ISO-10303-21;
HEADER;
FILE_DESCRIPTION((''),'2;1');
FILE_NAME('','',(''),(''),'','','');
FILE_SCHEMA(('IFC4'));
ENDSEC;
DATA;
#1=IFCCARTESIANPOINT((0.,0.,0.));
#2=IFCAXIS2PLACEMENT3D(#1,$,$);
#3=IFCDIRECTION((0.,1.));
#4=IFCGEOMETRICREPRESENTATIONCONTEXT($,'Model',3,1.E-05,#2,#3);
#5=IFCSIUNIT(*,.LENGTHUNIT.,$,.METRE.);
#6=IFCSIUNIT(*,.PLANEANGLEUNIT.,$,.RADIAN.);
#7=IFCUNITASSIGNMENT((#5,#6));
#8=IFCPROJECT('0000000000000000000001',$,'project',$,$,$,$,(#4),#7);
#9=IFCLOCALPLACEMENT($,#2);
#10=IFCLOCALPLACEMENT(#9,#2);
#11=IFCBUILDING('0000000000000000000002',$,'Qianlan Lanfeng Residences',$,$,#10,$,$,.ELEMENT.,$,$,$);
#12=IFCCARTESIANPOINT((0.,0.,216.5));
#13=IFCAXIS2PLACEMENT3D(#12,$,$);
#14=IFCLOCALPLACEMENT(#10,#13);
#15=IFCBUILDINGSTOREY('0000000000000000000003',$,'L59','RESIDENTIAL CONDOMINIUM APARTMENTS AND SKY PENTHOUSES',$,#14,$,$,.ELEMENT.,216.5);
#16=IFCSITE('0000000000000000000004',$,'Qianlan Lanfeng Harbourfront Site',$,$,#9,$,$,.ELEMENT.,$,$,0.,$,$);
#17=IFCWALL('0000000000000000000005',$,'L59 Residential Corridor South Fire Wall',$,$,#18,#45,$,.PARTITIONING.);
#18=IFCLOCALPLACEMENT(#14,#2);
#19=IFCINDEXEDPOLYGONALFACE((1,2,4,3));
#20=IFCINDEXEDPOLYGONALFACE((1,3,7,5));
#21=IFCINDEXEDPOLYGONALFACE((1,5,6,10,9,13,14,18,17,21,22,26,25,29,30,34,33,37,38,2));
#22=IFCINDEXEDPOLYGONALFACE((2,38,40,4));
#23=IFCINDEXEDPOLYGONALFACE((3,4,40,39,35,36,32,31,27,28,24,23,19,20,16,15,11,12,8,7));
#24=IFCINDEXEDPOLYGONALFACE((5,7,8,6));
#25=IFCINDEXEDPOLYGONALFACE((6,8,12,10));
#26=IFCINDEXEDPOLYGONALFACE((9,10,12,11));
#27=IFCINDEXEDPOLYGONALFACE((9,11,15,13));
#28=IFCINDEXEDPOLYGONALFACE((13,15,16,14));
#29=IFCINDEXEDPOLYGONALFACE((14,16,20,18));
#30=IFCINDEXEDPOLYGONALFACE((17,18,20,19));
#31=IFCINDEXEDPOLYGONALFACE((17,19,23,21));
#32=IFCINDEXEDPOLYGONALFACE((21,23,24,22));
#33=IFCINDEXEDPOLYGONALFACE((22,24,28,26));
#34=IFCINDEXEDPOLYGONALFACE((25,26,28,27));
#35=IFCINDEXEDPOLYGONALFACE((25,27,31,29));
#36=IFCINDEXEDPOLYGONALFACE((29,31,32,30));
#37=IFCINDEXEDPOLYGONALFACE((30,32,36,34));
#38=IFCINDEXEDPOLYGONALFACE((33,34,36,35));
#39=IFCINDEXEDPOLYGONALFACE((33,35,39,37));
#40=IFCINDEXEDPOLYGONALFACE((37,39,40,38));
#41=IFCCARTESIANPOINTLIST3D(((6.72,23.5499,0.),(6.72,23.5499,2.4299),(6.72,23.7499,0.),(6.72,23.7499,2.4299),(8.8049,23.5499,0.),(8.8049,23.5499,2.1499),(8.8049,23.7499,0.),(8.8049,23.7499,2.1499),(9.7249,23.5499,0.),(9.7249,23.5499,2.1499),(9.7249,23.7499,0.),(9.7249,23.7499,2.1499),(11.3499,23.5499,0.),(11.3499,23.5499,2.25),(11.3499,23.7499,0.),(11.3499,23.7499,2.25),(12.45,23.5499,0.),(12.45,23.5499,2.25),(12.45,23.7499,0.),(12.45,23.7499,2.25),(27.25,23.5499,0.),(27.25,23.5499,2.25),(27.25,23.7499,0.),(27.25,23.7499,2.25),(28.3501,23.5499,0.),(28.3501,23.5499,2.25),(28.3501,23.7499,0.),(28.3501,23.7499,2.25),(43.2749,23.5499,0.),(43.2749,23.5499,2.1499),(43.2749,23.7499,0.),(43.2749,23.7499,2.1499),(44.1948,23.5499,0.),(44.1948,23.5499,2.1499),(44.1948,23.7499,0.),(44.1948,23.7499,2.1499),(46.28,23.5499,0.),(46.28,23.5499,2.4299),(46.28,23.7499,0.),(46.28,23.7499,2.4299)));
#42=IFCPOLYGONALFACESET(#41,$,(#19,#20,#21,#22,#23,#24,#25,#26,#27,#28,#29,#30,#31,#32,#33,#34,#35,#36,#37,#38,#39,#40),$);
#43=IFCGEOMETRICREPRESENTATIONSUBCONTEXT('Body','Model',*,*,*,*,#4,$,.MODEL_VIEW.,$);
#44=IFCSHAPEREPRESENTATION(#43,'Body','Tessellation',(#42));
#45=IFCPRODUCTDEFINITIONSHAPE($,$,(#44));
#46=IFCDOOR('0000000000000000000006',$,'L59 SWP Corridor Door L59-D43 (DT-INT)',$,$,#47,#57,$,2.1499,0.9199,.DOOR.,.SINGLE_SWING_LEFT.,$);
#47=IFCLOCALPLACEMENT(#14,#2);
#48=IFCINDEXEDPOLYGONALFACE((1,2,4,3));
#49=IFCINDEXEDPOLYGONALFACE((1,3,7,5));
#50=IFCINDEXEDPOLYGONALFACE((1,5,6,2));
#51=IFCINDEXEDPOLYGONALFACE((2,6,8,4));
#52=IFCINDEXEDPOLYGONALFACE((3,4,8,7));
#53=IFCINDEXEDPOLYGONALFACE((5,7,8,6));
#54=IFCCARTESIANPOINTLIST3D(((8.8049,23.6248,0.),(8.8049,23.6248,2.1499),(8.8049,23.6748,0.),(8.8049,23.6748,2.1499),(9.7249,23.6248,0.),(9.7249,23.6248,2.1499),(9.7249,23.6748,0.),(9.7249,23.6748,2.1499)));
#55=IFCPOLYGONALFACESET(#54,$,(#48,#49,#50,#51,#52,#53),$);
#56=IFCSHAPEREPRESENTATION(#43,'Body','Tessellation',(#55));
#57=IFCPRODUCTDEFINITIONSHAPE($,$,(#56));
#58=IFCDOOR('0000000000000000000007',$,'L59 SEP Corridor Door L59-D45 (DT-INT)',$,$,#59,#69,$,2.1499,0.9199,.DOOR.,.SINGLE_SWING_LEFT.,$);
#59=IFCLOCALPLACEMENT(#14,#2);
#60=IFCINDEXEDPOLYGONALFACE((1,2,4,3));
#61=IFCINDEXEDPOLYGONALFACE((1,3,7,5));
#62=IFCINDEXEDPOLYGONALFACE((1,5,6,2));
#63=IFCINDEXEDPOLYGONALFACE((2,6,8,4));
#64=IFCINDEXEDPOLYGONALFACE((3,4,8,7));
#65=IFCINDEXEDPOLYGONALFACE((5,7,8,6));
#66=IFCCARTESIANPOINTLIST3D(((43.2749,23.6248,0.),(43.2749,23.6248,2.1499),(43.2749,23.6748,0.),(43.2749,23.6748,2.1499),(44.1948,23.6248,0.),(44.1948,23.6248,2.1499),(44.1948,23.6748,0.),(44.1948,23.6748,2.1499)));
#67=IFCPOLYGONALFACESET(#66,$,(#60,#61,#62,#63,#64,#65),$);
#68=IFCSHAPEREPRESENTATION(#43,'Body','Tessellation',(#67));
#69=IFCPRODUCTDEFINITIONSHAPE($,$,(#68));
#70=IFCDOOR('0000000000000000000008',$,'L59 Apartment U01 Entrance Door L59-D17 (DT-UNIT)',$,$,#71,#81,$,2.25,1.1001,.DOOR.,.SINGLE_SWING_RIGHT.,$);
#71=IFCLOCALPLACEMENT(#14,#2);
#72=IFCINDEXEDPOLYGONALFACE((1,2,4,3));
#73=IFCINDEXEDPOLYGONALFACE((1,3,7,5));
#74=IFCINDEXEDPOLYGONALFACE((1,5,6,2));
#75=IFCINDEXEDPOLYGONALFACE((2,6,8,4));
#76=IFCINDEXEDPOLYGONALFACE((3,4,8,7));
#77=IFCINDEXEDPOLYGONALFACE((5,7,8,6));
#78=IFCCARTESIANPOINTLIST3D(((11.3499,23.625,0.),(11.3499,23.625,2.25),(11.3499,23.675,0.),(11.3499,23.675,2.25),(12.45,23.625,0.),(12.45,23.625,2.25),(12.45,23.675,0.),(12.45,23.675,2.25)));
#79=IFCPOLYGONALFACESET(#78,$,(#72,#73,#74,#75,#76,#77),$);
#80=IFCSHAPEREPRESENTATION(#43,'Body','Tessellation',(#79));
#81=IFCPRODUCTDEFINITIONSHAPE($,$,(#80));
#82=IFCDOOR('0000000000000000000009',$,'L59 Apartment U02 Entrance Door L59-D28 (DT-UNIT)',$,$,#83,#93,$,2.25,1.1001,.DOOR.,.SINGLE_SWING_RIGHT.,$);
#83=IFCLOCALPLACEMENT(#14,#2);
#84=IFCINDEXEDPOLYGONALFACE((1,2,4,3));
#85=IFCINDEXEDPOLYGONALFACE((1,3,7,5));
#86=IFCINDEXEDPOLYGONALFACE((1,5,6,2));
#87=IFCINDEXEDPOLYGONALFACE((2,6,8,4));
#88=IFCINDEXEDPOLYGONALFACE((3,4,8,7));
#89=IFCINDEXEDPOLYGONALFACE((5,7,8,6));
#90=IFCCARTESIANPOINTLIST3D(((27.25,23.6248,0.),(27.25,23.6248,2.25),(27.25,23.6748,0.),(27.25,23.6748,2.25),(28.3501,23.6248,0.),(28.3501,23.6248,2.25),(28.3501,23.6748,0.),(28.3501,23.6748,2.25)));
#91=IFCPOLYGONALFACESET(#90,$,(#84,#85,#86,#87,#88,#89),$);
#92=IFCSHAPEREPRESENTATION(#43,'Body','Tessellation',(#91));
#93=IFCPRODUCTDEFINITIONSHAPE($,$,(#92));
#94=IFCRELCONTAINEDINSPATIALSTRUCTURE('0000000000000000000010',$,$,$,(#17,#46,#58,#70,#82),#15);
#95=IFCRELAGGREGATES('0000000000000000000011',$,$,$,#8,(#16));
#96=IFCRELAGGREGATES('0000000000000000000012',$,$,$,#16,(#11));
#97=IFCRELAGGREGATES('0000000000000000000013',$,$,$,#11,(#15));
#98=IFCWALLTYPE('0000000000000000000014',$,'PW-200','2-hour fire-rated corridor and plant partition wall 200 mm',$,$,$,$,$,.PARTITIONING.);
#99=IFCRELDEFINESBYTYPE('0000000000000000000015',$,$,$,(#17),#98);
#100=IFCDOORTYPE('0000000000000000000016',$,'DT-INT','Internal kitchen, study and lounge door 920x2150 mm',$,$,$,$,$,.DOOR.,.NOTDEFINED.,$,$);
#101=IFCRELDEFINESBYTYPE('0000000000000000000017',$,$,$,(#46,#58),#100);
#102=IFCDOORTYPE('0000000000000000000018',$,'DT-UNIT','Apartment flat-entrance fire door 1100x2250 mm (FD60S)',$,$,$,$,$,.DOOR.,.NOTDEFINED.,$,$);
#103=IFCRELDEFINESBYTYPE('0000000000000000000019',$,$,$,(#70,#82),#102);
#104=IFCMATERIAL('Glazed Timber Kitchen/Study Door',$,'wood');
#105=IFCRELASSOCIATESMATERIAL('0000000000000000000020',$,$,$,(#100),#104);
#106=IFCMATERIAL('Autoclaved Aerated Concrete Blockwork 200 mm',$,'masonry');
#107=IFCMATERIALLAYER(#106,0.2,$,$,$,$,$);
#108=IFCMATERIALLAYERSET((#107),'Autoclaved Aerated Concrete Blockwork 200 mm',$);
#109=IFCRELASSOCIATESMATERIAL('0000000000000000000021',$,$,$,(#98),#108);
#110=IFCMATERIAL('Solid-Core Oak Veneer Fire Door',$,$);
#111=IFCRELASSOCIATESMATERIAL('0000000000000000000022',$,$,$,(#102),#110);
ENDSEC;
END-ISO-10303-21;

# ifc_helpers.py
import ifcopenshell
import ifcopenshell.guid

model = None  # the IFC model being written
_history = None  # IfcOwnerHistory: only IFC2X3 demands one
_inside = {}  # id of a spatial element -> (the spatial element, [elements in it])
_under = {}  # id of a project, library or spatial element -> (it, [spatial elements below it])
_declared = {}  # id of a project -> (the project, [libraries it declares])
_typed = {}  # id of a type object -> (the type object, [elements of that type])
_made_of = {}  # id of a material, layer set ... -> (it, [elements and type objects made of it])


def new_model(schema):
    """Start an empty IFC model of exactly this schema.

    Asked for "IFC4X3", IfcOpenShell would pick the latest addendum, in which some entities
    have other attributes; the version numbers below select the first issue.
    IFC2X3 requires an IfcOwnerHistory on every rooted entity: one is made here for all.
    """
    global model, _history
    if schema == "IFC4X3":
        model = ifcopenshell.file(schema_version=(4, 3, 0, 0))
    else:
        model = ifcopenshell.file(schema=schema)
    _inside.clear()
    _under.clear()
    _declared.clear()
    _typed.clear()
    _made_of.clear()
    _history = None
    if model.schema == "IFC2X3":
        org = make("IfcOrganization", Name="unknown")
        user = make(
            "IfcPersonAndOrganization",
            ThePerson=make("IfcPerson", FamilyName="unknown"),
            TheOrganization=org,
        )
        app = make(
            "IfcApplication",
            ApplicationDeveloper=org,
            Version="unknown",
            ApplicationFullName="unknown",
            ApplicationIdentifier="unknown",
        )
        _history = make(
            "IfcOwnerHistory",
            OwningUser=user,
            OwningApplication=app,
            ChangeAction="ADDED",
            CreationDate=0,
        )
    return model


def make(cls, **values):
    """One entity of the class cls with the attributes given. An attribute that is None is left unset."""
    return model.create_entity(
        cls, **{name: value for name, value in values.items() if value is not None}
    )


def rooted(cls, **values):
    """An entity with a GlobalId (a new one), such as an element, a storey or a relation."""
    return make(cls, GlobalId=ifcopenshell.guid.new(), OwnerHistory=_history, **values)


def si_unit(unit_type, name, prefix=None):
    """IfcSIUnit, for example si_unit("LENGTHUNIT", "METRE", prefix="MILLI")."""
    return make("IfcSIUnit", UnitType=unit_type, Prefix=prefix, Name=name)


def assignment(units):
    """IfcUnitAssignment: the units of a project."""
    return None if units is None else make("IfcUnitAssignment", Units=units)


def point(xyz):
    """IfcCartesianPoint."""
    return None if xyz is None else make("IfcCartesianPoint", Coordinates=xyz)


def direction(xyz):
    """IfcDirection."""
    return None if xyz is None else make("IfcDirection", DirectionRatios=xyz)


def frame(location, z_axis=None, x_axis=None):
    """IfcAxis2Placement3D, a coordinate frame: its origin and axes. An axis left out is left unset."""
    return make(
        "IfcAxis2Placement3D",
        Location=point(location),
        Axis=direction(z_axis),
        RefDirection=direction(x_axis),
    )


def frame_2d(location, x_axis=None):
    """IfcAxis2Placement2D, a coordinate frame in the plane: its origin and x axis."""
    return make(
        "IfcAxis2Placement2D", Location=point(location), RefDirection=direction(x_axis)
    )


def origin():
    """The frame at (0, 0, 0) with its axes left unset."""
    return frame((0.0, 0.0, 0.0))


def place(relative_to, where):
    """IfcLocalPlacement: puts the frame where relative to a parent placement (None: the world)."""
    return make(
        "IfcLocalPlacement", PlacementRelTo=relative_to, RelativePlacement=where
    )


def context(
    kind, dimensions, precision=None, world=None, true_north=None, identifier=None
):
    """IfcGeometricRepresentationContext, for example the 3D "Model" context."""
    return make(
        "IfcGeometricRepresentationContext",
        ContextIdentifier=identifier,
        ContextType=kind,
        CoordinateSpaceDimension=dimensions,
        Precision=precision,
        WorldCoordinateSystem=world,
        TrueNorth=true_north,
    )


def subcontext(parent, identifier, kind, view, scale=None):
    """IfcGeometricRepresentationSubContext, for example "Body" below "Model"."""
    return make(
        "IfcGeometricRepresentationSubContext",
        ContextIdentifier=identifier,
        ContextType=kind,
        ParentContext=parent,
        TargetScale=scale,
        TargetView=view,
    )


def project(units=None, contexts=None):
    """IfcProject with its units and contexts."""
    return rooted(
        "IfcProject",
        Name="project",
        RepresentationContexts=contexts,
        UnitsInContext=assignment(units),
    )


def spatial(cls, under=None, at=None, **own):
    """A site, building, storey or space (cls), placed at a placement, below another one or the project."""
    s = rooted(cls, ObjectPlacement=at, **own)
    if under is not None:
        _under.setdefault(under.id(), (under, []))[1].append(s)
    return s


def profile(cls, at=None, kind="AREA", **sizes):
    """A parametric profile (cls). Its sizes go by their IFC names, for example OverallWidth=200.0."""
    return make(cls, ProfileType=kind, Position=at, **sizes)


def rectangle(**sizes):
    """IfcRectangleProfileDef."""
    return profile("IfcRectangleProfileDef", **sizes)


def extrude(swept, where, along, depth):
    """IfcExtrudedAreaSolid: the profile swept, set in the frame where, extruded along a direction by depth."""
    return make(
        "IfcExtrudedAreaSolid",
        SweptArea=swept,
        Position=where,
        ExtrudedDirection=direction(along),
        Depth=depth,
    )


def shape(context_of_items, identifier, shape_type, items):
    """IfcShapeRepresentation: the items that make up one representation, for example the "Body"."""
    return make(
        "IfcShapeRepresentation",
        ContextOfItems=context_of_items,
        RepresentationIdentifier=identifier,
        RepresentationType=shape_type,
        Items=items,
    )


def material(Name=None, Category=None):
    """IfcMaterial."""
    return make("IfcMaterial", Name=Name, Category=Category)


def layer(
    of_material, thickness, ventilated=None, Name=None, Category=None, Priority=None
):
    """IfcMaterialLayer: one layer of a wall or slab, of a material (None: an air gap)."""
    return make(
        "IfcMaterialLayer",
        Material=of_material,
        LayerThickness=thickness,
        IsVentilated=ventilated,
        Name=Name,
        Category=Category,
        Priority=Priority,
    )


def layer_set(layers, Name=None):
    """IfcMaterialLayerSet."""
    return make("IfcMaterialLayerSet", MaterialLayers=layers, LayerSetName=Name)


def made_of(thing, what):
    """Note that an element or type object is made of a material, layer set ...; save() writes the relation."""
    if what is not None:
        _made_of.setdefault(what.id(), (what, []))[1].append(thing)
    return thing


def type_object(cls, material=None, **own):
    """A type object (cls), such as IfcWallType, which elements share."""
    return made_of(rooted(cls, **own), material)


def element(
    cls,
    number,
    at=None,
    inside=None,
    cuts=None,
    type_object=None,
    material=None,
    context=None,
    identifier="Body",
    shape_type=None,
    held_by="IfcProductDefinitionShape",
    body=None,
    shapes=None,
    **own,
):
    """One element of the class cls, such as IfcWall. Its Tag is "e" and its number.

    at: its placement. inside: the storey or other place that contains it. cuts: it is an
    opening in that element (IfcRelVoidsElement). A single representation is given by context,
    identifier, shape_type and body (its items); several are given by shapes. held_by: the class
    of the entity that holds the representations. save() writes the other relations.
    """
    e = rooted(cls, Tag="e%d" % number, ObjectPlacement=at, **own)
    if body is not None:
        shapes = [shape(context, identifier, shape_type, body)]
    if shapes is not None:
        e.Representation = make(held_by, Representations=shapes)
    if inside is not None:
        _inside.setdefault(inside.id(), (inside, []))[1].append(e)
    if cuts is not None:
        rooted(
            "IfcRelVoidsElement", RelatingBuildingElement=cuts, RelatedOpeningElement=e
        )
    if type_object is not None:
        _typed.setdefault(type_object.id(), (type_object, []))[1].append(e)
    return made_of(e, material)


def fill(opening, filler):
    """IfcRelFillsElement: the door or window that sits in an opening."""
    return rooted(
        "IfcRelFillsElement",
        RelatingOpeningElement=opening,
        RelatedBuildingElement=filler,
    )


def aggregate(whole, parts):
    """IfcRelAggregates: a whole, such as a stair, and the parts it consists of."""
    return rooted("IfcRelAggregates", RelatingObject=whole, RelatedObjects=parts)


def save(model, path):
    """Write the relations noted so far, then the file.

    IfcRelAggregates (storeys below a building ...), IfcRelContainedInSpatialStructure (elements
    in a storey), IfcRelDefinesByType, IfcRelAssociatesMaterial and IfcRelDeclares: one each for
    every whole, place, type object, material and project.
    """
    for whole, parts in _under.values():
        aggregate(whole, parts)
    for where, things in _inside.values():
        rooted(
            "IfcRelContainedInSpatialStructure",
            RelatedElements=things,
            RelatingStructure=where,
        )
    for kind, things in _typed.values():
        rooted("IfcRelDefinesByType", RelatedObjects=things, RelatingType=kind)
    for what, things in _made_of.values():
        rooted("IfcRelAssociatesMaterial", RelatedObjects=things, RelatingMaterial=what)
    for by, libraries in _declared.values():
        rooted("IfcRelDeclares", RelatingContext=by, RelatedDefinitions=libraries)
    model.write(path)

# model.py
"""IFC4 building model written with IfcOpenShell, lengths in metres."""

from ifc_helpers import new_model, si_unit, direction, frame, frame_2d, origin, place, context, subcontext, project, spatial, rectangle, extrude, material, layer, layer_set, type_object, element, fill, save


model = new_model("IFC4")

# Units and contexts
model_context = context("Model", 3, precision=1e-05, world=origin(), true_north=direction((0.0, 1.0)))
body_context = subcontext(model_context, "Body", "Model", "MODEL_VIEW")
ifc_project = project(units=[si_unit("LENGTHUNIT", "METRE"), si_unit("PLANEANGLEUNIT", "RADIAN")], contexts=[model_context])

# Site, building, storey
site_placement = place(None, origin())
site = spatial("IfcSite", under=ifc_project, at=site_placement, Name="Qianlan Lanfeng Harbourfront Site", CompositionType="ELEMENT", RefElevation=0.0)
building_placement = place(site_placement, origin())
building = spatial("IfcBuilding", under=site, at=building_placement, Name="Qianlan Lanfeng Residences", CompositionType="ELEMENT")
storey_placement = place(building_placement, frame((0.0, 0.0, 216.5)))
storey = spatial("IfcBuildingStorey", under=building, at=storey_placement, Name="L59", Description="RESIDENTIAL CONDOMINIUM APARTMENTS AND SKY PENTHOUSES", CompositionType="ELEMENT", Elevation=216.5)

# Shared definitions
ifc_material_1 = material(Name="Glazed Timber Kitchen/Study Door", Category="wood")
door_type_1 = type_object("IfcDoorType", Name="DT-INT", Description="Internal kitchen, study and lounge door 920x2150 mm", OperationType="NOTDEFINED", PredefinedType="DOOR", material=ifc_material_1)

# Wall, openings, doors
ifc_material_2 = material(Name="Autoclaved Aerated Concrete Blockwork 200 mm", Category="masonry")
ifc_layer_1 = layer(ifc_material_2, 0.2)
ifc_layer_set_1 = layer_set([ifc_layer_1], Name="Autoclaved Aerated Concrete Blockwork 200 mm")
wall_type_1 = type_object("IfcWallType", Name="PW-200", Description="2-hour fire-rated corridor and plant partition wall 200 mm", PredefinedType="PARTITIONING", material=ifc_layer_set_1)
wall_1_placement = place(storey_placement, frame((6.72, 23.6499, 0.0), z_axis=(0.0, 0.0, 1.0), x_axis=(1.0, 0.0, 0.0)))
wall_1 = element("IfcWall", 1, at=wall_1_placement, inside=storey, type_object=wall_type_1, Name="L59 Residential Corridor South Fire Wall", PredefinedType="PARTITIONING", context=body_context, shape_type="SweptSolid", body=[
    extrude(rectangle(XDim=39.5601, YDim=0.2, at=frame_2d((19.78, 0.0))), origin(), (0.0, 0.0, 1.0), 2.4299),
])
opening_1_placement = place(wall_1_placement, frame((4.6299, 0.0, 0.0)))
opening_1 = element("IfcOpeningElement", 2, at=opening_1_placement, cuts=wall_1, PredefinedType="OPENING", context=body_context, shape_type="SweptSolid", body=[
    extrude(rectangle(XDim=1.1001, YDim=2.25, at=frame_2d((0.55, 1.125))), frame((0.0, 0.1099, 0.0), z_axis=(0.0, -1.0, 0.0), x_axis=(1.0, 0.0, 0.0)), (0.0, 0.0, 1.0), 0.22),
])
opening_2_placement = place(wall_1_placement, frame((20.53, 0.0, 0.0)))
opening_2 = element("IfcOpeningElement", 3, at=opening_2_placement, cuts=wall_1, PredefinedType="OPENING", context=body_context, shape_type="SweptSolid", body=[
    extrude(rectangle(XDim=1.1001, YDim=2.25, at=frame_2d((0.55, 1.125))), frame((0.0, 0.1099, 0.0), z_axis=(0.0, -1.0, 0.0), x_axis=(1.0, 0.0, 0.0)), (0.0, 0.0, 1.0), 0.22),
])
opening_3_placement = place(wall_1_placement, frame((2.085, 0.0, 0.0)))
opening_3 = element("IfcOpeningElement", 4, at=opening_3_placement, cuts=wall_1, PredefinedType="OPENING", context=body_context, shape_type="SweptSolid", body=[
    extrude(rectangle(XDim=0.9199, YDim=2.1499, at=frame_2d((0.46, 1.075))), frame((0.0, 0.1099, 0.0), z_axis=(0.0, -1.0, 0.0), x_axis=(1.0, 0.0, 0.0)), (0.0, 0.0, 1.0), 0.22),
])
opening_4_placement = place(wall_1_placement, frame((36.5549, 0.0, 0.0)))
opening_4 = element("IfcOpeningElement", 5, at=opening_4_placement, cuts=wall_1, PredefinedType="OPENING", context=body_context, shape_type="SweptSolid", body=[
    extrude(rectangle(XDim=0.9199, YDim=2.1499, at=frame_2d((0.46, 1.075))), frame((0.0, 0.1099, 0.0), z_axis=(0.0, -1.0, 0.0), x_axis=(1.0, 0.0, 0.0)), (0.0, 0.0, 1.0), 0.22),
])
door_1_placement = place(opening_3_placement, origin())
door_1 = element("IfcDoor", 6, at=door_1_placement, inside=storey, type_object=door_type_1, Name="L59 SWP Corridor Door L59-D43 (DT-INT)", OperationType="SINGLE_SWING_LEFT", OverallHeight=2.1499, OverallWidth=0.9199, PredefinedType="DOOR", context=body_context, shape_type="SweptSolid", body=[
    extrude(rectangle(XDim=0.9199, YDim=2.1499, at=frame_2d((0.46, 1.075))), frame((0.0, 0.0249, 0.0), z_axis=(0.0, -1.0, 0.0), x_axis=(1.0, 0.0, 0.0)), (0.0, 0.0, 1.0), 0.05),
])
fill(opening_3, door_1)
door_2_placement = place(opening_4_placement, origin())
door_2 = element("IfcDoor", 7, at=door_2_placement, inside=storey, type_object=door_type_1, Name="L59 SEP Corridor Door L59-D45 (DT-INT)", OperationType="SINGLE_SWING_LEFT", OverallHeight=2.1499, OverallWidth=0.9199, PredefinedType="DOOR", context=body_context, shape_type="SweptSolid", body=[
    extrude(rectangle(XDim=0.9199, YDim=2.1499, at=frame_2d((0.46, 1.075))), frame((0.0, 0.0249, 0.0), z_axis=(0.0, -1.0, 0.0), x_axis=(1.0, 0.0, 0.0)), (0.0, 0.0, 1.0), 0.05),
])
fill(opening_4, door_2)
ifc_material_3 = material(Name="Solid-Core Oak Veneer Fire Door")
door_type_2 = type_object("IfcDoorType", Name="DT-UNIT", Description="Apartment flat-entrance fire door 1100x2250 mm (FD60S)", OperationType="NOTDEFINED", PredefinedType="DOOR", material=ifc_material_3)
door_3_placement = place(opening_1_placement, frame((1.1001, 0.0, 0.0), z_axis=(0.0, 0.0, 1.0), x_axis=(-1.0, 0.0, 0.0)))
door_3 = element("IfcDoor", 8, at=door_3_placement, inside=storey, type_object=door_type_2, Name="L59 Apartment U01 Entrance Door L59-D17 (DT-UNIT)", OperationType="SINGLE_SWING_RIGHT", OverallHeight=2.25, OverallWidth=1.1001, PredefinedType="DOOR", context=body_context, shape_type="SweptSolid", body=[
    extrude(rectangle(XDim=1.1001, YDim=2.25, at=frame_2d((0.55, 1.125))), frame((0.0, 0.0249, 0.0), z_axis=(0.0, -1.0, 0.0), x_axis=(1.0, 0.0, 0.0)), (0.0, 0.0, 1.0), 0.05),
])
fill(opening_1, door_3)
door_4_placement = place(opening_2_placement, origin())
door_4 = element("IfcDoor", 9, at=door_4_placement, inside=storey, type_object=door_type_2, Name="L59 Apartment U02 Entrance Door L59-D28 (DT-UNIT)", OperationType="SINGLE_SWING_RIGHT", OverallHeight=2.25, OverallWidth=1.1001, PredefinedType="DOOR", context=body_context, shape_type="SweptSolid", body=[
    extrude(rectangle(XDim=1.1001, YDim=2.25, at=frame_2d((0.55, 1.125))), frame((0.0, 0.0249, 0.0), z_axis=(0.0, -1.0, 0.0), x_axis=(1.0, 0.0, 0.0)), (0.0, 0.0, 1.0), 0.05),
])
fill(opening_2, door_4)

save(model, "model.ifc")
